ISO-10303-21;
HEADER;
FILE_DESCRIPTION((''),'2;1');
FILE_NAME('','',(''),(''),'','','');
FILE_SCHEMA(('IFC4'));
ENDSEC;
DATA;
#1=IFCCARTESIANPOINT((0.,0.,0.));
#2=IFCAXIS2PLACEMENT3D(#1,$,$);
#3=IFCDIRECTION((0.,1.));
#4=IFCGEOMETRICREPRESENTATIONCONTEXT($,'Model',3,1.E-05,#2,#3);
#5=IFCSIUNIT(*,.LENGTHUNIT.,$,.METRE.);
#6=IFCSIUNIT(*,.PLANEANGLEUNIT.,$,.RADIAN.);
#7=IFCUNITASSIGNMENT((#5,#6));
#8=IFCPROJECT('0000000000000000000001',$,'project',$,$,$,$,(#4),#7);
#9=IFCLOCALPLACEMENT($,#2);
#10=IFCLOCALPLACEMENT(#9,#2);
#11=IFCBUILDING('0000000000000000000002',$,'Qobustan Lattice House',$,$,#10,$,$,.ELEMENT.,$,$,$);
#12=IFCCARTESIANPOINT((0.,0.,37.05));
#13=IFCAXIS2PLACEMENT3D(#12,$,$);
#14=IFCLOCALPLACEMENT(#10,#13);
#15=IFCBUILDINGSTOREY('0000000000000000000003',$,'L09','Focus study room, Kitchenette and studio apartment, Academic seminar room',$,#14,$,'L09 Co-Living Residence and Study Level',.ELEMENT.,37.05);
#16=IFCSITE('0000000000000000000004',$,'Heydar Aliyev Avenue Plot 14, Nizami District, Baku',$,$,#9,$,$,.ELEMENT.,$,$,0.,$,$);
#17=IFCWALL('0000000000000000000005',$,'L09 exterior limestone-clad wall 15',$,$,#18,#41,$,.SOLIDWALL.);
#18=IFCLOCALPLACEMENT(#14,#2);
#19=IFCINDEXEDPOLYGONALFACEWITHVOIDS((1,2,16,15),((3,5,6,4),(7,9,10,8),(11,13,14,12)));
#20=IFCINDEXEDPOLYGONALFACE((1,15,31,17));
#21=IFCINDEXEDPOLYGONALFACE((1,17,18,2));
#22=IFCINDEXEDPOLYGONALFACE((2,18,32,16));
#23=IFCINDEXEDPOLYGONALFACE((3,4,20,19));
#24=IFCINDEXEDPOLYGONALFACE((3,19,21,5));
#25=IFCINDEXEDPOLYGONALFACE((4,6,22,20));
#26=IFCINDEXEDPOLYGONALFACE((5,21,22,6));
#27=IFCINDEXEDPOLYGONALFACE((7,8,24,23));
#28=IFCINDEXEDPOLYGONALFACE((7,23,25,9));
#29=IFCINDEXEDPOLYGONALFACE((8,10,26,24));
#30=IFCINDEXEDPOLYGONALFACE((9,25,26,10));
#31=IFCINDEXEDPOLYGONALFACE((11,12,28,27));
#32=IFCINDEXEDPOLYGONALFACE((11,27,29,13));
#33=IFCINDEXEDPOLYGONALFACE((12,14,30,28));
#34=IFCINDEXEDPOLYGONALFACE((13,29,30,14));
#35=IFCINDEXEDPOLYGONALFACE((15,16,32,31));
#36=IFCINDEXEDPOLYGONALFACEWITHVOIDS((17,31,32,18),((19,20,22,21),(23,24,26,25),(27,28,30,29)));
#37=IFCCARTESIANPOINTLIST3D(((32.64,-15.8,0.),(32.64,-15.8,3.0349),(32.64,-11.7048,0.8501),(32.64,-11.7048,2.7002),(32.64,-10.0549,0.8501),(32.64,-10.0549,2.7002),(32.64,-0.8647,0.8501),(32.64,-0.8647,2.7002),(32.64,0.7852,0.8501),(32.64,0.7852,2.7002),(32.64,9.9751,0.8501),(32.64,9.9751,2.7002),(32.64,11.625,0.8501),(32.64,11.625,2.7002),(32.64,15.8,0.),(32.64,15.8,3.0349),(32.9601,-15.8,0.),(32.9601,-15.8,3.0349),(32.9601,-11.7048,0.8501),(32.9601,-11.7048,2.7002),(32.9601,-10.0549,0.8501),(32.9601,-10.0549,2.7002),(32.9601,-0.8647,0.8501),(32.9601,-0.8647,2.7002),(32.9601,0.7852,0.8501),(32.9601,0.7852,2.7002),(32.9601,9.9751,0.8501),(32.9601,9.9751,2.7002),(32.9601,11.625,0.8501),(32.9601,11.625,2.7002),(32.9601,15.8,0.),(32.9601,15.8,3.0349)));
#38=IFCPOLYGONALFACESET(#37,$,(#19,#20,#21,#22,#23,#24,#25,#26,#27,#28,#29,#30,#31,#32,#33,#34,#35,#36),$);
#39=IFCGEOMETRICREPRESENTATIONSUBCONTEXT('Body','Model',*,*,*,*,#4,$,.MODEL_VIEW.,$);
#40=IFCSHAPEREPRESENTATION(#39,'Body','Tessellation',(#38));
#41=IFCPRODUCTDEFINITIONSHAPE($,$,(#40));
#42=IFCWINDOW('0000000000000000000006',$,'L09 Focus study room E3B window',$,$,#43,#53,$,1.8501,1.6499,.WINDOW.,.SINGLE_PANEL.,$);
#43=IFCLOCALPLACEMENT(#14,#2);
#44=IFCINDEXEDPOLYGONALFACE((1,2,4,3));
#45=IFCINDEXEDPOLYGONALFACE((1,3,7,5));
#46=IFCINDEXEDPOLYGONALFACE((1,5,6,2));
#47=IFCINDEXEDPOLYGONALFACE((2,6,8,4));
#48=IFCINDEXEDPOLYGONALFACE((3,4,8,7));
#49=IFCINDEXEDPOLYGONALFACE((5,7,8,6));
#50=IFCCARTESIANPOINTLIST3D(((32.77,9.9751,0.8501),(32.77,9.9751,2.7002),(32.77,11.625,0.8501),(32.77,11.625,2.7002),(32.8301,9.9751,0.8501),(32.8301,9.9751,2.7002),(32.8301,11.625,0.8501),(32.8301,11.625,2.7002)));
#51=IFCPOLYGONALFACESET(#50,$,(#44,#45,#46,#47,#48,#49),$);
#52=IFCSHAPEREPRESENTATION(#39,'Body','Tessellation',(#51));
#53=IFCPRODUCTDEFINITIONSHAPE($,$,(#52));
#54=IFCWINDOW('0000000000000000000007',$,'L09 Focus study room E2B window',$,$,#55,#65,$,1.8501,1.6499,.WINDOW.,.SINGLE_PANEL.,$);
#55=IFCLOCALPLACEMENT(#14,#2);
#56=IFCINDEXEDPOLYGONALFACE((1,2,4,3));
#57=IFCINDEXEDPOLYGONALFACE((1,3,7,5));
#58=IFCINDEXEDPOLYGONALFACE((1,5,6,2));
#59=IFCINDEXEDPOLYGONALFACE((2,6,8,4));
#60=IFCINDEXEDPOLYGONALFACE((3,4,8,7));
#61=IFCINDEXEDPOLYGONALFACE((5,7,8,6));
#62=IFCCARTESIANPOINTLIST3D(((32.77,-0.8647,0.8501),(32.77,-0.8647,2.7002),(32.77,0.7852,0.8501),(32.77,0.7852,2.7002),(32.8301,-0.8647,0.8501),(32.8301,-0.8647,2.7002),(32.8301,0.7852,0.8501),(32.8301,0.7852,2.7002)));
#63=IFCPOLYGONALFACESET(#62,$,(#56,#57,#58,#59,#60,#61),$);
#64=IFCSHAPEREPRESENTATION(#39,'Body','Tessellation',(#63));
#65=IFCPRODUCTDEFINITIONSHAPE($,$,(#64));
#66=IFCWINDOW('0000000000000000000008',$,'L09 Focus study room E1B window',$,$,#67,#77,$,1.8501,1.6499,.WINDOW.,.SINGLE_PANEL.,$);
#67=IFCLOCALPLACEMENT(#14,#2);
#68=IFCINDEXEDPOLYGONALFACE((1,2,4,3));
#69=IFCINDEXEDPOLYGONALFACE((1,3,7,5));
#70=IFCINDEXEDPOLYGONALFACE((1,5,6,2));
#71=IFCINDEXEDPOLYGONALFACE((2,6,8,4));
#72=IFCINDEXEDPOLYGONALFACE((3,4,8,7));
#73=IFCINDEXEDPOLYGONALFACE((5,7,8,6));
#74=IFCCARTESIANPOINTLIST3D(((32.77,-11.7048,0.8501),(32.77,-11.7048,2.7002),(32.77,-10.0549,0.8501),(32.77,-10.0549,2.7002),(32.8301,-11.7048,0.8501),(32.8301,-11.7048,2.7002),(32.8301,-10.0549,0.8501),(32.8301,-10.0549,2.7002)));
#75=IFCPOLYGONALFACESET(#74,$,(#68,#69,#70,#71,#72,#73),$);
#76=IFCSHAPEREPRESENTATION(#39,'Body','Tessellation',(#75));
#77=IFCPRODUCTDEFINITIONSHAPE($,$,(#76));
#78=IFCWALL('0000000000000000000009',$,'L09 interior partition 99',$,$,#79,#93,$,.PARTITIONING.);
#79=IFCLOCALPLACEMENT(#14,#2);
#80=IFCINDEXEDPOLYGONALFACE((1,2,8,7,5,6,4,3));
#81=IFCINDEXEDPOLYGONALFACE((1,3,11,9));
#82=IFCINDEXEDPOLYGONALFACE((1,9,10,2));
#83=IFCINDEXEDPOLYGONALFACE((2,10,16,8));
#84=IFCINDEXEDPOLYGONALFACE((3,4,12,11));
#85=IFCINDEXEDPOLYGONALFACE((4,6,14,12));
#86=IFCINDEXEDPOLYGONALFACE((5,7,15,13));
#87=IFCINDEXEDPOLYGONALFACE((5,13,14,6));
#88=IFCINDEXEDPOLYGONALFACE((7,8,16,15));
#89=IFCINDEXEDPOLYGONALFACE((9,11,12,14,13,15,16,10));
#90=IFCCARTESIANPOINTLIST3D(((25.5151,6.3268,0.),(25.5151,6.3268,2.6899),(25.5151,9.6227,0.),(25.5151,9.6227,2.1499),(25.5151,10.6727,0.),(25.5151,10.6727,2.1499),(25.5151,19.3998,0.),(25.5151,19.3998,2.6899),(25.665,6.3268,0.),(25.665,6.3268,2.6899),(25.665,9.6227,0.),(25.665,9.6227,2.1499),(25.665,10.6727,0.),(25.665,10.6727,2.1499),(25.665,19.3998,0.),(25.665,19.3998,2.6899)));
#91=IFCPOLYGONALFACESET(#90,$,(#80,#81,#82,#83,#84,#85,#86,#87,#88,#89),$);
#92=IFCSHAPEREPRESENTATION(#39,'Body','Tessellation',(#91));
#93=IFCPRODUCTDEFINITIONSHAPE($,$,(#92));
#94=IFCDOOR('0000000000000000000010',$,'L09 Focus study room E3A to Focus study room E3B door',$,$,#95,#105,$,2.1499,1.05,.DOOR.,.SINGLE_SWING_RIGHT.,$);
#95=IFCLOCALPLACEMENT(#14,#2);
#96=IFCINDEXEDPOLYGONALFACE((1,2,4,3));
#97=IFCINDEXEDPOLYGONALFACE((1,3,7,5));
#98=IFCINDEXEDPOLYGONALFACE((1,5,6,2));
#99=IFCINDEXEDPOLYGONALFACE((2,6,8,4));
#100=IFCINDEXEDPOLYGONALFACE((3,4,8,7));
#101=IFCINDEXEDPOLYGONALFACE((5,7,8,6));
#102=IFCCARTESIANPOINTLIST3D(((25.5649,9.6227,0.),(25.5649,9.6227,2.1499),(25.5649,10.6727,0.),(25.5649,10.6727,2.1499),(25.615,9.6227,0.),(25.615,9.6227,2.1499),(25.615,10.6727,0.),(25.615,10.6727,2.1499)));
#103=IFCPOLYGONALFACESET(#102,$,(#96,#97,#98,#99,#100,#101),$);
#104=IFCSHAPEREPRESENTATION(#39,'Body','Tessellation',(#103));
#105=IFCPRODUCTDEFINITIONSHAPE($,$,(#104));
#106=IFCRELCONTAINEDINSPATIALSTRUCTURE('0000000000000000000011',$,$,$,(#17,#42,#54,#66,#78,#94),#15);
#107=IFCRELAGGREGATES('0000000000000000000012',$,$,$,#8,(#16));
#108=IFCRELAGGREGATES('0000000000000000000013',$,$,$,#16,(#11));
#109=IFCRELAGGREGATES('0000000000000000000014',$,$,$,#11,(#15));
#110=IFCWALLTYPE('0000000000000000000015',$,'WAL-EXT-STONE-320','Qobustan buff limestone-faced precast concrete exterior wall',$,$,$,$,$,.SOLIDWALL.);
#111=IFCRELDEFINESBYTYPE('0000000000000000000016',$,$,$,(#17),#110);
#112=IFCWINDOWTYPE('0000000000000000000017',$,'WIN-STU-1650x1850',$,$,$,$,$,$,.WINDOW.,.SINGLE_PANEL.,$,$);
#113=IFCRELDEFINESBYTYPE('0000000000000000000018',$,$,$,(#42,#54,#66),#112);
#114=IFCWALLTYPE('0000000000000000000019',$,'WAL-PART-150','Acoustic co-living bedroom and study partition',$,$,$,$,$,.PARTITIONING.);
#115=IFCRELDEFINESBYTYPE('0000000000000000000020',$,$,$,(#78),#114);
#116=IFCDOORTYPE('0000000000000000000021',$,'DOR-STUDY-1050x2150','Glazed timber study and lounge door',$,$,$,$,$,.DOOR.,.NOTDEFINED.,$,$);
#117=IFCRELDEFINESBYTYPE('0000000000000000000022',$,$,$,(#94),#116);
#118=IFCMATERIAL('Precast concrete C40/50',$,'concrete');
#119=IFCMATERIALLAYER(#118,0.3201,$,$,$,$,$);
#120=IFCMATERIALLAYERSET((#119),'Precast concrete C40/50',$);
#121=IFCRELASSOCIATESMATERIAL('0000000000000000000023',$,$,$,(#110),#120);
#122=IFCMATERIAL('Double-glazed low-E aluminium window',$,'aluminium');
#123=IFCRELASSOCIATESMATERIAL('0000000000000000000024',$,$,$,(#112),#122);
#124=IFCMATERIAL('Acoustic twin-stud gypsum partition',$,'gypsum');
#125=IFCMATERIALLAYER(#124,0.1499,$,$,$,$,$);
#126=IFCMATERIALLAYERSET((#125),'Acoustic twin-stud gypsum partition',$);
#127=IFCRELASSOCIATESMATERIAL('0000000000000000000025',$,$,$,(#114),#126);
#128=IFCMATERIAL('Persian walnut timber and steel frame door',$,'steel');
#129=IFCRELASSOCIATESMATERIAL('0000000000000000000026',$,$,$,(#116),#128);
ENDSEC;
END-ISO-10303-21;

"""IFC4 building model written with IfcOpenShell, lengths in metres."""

from ifc_helpers import new_model, si_unit, direction, frame, frame_2d, origin, place, context, subcontext, project, spatial, rectangle, extrude, material, layer, layer_set, type_object, element, fill, save


model = new_model("IFC4")

# Units and contexts
model_context = context("Model", 3, precision=1e-05, world=origin(), true_north=direction((0.0, 1.0)))
body_context = subcontext(model_context, "Body", "Model", "MODEL_VIEW")
ifc_project = project(units=[si_unit("LENGTHUNIT", "METRE"), si_unit("PLANEANGLEUNIT", "RADIAN")], contexts=[model_context])

# Site, building, storey
site_placement = place(None, origin())
site = spatial("IfcSite", under=ifc_project, at=site_placement, Name="Heydar Aliyev Avenue Plot 14, Nizami District, Baku", CompositionType="ELEMENT", RefElevation=0.0)
building_placement = place(site_placement, origin())
building = spatial("IfcBuilding", under=site, at=building_placement, Name="Qobustan Lattice House", CompositionType="ELEMENT")
storey_placement = place(building_placement, frame((0.0, 0.0, 37.05)))
storey = spatial("IfcBuildingStorey", under=building, at=storey_placement, Name="L09", Description="Focus study room, Kitchenette and studio apartment, Academic seminar room", LongName="L09 Co-Living Residence and Study Level", CompositionType="ELEMENT", Elevation=37.05)

# Shared definitions
ifc_material_1 = material(Name="Precast concrete C40/50", Category="concrete")
ifc_layer_1 = layer(ifc_material_1, 0.3201)
ifc_layer_set_1 = layer_set([ifc_layer_1], Name="Precast concrete C40/50")
wall_type_1 = type_object("IfcWallType", Name="WAL-EXT-STONE-320", Description="Qobustan buff limestone-faced precast concrete exterior wall", PredefinedType="SOLIDWALL", material=ifc_layer_set_1)

# Wall, openings, windows
wall_1_placement = place(storey_placement, frame((32.8, 15.8, 0.0), z_axis=(0.0, 0.0, 1.0), x_axis=(0.0, -1.0, 0.0)))
wall_1 = element("IfcWall", 1, at=wall_1_placement, inside=storey, type_object=wall_type_1, Name="L09 exterior limestone-clad wall 15", PredefinedType="SOLIDWALL", context=body_context, shape_type="SweptSolid", body=[
    extrude(rectangle(XDim=31.6001, YDim=0.3201, at=frame_2d((15.8, 0.0))), origin(), (0.0, 0.0, 1.0), 3.0349),
])
opening_1_placement = place(wall_1_placement, frame((4.175, 0.0, 0.8501)))
opening_1 = element("IfcOpeningElement", 2, at=opening_1_placement, cuts=wall_1, PredefinedType="OPENING", context=body_context, shape_type="SweptSolid", body=[
    extrude(rectangle(XDim=1.6499, YDim=1.8501, at=frame_2d((0.825, 0.925))), frame((0.0, 0.1699, 0.0), z_axis=(0.0, -1.0, 0.0), x_axis=(1.0, 0.0, 0.0)), (0.0, 0.0, 1.0), 0.3401),
])
opening_2_placement = place(wall_1_placement, frame((15.0149, 0.0, 0.8501)))
opening_2 = element("IfcOpeningElement", 3, at=opening_2_placement, cuts=wall_1, PredefinedType="OPENING", context=body_context, shape_type="SweptSolid", body=[
    extrude(rectangle(XDim=1.6499, YDim=1.8501, at=frame_2d((0.825, 0.925))), frame((0.0, 0.1699, 0.0), z_axis=(0.0, -1.0, 0.0), x_axis=(1.0, 0.0, 0.0)), (0.0, 0.0, 1.0), 0.3401),
])
opening_3_placement = place(wall_1_placement, frame((25.855, 0.0, 0.8501)))
opening_3 = element("IfcOpeningElement", 4, at=opening_3_placement, cuts=wall_1, PredefinedType="OPENING", context=body_context, shape_type="SweptSolid", body=[
    extrude(rectangle(XDim=1.6499, YDim=1.8501, at=frame_2d((0.825, 0.925))), frame((0.0, 0.1699, 0.0), z_axis=(0.0, -1.0, 0.0), x_axis=(1.0, 0.0, 0.0)), (0.0, 0.0, 1.0), 0.3401),
])
ifc_material_2 = material(Name="Double-glazed low-E aluminium window", Category="aluminium")
window_type = type_object("IfcWindowType", Name="WIN-STU-1650x1850", PartitioningType="SINGLE_PANEL", PredefinedType="WINDOW", material=ifc_material_2)
window_1_placement = place(opening_1_placement, origin())
window_1 = element("IfcWindow", 5, at=window_1_placement, inside=storey, type_object=window_type, Name="L09 Focus study room E3B window", OverallHeight=1.8501, OverallWidth=1.6499, PartitioningType="SINGLE_PANEL", PredefinedType="WINDOW", context=body_context, shape_type="SweptSolid", body=[
    extrude(rectangle(XDim=1.6499, YDim=1.8501, at=frame_2d((0.825, 0.925))), frame((0.0, 0.03, 0.0), z_axis=(0.0, -1.0, 0.0), x_axis=(1.0, 0.0, 0.0)), (0.0, 0.0, 1.0), 0.0601),
])
fill(opening_1, window_1)
window_2_placement = place(opening_2_placement, origin())
window_2 = element("IfcWindow", 6, at=window_2_placement, inside=storey, type_object=window_type, Name="L09 Focus study room E2B window", OverallHeight=1.8501, OverallWidth=1.6499, PartitioningType="SINGLE_PANEL", PredefinedType="WINDOW", context=body_context, shape_type="SweptSolid", body=[
    extrude(rectangle(XDim=1.6499, YDim=1.8501, at=frame_2d((0.825, 0.925))), frame((0.0, 0.03, 0.0), z_axis=(0.0, -1.0, 0.0), x_axis=(1.0, 0.0, 0.0)), (0.0, 0.0, 1.0), 0.0601),
])
fill(opening_2, window_2)
window_3_placement = place(opening_3_placement, origin())
window_3 = element("IfcWindow", 7, at=window_3_placement, inside=storey, type_object=window_type, Name="L09 Focus study room E1B window", OverallHeight=1.8501, OverallWidth=1.6499, PartitioningType="SINGLE_PANEL", PredefinedType="WINDOW", context=body_context, shape_type="SweptSolid", body=[
    extrude(rectangle(XDim=1.6499, YDim=1.8501, at=frame_2d((0.825, 0.925))), frame((0.0, 0.03, 0.0), z_axis=(0.0, -1.0, 0.0), x_axis=(1.0, 0.0, 0.0)), (0.0, 0.0, 1.0), 0.0601),
])
fill(opening_3, window_3)

# Wall, opening, door
ifc_material_3 = material(Name="Acoustic twin-stud gypsum partition", Category="gypsum")
ifc_layer_2 = layer(ifc_material_3, 0.1499)
ifc_layer_set_2 = layer_set([ifc_layer_2], Name="Acoustic twin-stud gypsum partition")
wall_type_2 = type_object("IfcWallType", Name="WAL-PART-150", Description="Acoustic co-living bedroom and study partition", PredefinedType="PARTITIONING", material=ifc_layer_set_2)
wall_2_placement = place(storey_placement, frame((25.5901, 19.3999, 0.0), z_axis=(0.0, 0.0, 1.0), x_axis=(0.0, -1.0, 0.0)))
wall_2 = element("IfcWall", 8, at=wall_2_placement, inside=storey, type_object=wall_type_2, Name="L09 interior partition 99", PredefinedType="PARTITIONING", context=body_context, shape_type="SweptSolid", body=[
    extrude(rectangle(XDim=13.073, YDim=0.1499, at=frame_2d((6.5366, 0.0))), origin(), (0.0, 0.0, 1.0), 2.6899),
])
opening_4_placement = place(wall_2_placement, frame((8.7273, 0.0, 0.0)))
opening_4 = element("IfcOpeningElement", 9, at=opening_4_placement, cuts=wall_2, PredefinedType="OPENING", context=body_context, shape_type="SweptSolid", body=[
    extrude(rectangle(XDim=1.05, YDim=2.1499, at=frame_2d((0.5249, 1.075))), frame((0.0, 0.085, 0.0), z_axis=(0.0, -1.0, 0.0), x_axis=(1.0, 0.0, 0.0)), (0.0, 0.0, 1.0), 0.1699),
])
ifc_material_4 = material(Name="Persian walnut timber and steel frame door", Category="steel")
door_type = type_object("IfcDoorType", Name="DOR-STUDY-1050x2150", Description="Glazed timber study and lounge door", OperationType="NOTDEFINED", PredefinedType="DOOR", material=ifc_material_4)
door_placement = place(opening_4_placement, origin())
door = element("IfcDoor", 10, at=door_placement, inside=storey, type_object=door_type, Name="L09 Focus study room E3A to Focus study room E3B door", OperationType="SINGLE_SWING_RIGHT", OverallHeight=2.1499, OverallWidth=1.05, PredefinedType="DOOR", context=body_context, shape_type="SweptSolid", body=[
    extrude(rectangle(XDim=1.05, YDim=2.1499, at=frame_2d((0.5249, 1.075))), frame((0.0, 0.0249, 0.0), z_axis=(0.0, -1.0, 0.0), x_axis=(1.0, 0.0, 0.0)), (0.0, 0.0, 1.0), 0.05),
])
fill(opening_4, door)

save(model, "model.ifc")
